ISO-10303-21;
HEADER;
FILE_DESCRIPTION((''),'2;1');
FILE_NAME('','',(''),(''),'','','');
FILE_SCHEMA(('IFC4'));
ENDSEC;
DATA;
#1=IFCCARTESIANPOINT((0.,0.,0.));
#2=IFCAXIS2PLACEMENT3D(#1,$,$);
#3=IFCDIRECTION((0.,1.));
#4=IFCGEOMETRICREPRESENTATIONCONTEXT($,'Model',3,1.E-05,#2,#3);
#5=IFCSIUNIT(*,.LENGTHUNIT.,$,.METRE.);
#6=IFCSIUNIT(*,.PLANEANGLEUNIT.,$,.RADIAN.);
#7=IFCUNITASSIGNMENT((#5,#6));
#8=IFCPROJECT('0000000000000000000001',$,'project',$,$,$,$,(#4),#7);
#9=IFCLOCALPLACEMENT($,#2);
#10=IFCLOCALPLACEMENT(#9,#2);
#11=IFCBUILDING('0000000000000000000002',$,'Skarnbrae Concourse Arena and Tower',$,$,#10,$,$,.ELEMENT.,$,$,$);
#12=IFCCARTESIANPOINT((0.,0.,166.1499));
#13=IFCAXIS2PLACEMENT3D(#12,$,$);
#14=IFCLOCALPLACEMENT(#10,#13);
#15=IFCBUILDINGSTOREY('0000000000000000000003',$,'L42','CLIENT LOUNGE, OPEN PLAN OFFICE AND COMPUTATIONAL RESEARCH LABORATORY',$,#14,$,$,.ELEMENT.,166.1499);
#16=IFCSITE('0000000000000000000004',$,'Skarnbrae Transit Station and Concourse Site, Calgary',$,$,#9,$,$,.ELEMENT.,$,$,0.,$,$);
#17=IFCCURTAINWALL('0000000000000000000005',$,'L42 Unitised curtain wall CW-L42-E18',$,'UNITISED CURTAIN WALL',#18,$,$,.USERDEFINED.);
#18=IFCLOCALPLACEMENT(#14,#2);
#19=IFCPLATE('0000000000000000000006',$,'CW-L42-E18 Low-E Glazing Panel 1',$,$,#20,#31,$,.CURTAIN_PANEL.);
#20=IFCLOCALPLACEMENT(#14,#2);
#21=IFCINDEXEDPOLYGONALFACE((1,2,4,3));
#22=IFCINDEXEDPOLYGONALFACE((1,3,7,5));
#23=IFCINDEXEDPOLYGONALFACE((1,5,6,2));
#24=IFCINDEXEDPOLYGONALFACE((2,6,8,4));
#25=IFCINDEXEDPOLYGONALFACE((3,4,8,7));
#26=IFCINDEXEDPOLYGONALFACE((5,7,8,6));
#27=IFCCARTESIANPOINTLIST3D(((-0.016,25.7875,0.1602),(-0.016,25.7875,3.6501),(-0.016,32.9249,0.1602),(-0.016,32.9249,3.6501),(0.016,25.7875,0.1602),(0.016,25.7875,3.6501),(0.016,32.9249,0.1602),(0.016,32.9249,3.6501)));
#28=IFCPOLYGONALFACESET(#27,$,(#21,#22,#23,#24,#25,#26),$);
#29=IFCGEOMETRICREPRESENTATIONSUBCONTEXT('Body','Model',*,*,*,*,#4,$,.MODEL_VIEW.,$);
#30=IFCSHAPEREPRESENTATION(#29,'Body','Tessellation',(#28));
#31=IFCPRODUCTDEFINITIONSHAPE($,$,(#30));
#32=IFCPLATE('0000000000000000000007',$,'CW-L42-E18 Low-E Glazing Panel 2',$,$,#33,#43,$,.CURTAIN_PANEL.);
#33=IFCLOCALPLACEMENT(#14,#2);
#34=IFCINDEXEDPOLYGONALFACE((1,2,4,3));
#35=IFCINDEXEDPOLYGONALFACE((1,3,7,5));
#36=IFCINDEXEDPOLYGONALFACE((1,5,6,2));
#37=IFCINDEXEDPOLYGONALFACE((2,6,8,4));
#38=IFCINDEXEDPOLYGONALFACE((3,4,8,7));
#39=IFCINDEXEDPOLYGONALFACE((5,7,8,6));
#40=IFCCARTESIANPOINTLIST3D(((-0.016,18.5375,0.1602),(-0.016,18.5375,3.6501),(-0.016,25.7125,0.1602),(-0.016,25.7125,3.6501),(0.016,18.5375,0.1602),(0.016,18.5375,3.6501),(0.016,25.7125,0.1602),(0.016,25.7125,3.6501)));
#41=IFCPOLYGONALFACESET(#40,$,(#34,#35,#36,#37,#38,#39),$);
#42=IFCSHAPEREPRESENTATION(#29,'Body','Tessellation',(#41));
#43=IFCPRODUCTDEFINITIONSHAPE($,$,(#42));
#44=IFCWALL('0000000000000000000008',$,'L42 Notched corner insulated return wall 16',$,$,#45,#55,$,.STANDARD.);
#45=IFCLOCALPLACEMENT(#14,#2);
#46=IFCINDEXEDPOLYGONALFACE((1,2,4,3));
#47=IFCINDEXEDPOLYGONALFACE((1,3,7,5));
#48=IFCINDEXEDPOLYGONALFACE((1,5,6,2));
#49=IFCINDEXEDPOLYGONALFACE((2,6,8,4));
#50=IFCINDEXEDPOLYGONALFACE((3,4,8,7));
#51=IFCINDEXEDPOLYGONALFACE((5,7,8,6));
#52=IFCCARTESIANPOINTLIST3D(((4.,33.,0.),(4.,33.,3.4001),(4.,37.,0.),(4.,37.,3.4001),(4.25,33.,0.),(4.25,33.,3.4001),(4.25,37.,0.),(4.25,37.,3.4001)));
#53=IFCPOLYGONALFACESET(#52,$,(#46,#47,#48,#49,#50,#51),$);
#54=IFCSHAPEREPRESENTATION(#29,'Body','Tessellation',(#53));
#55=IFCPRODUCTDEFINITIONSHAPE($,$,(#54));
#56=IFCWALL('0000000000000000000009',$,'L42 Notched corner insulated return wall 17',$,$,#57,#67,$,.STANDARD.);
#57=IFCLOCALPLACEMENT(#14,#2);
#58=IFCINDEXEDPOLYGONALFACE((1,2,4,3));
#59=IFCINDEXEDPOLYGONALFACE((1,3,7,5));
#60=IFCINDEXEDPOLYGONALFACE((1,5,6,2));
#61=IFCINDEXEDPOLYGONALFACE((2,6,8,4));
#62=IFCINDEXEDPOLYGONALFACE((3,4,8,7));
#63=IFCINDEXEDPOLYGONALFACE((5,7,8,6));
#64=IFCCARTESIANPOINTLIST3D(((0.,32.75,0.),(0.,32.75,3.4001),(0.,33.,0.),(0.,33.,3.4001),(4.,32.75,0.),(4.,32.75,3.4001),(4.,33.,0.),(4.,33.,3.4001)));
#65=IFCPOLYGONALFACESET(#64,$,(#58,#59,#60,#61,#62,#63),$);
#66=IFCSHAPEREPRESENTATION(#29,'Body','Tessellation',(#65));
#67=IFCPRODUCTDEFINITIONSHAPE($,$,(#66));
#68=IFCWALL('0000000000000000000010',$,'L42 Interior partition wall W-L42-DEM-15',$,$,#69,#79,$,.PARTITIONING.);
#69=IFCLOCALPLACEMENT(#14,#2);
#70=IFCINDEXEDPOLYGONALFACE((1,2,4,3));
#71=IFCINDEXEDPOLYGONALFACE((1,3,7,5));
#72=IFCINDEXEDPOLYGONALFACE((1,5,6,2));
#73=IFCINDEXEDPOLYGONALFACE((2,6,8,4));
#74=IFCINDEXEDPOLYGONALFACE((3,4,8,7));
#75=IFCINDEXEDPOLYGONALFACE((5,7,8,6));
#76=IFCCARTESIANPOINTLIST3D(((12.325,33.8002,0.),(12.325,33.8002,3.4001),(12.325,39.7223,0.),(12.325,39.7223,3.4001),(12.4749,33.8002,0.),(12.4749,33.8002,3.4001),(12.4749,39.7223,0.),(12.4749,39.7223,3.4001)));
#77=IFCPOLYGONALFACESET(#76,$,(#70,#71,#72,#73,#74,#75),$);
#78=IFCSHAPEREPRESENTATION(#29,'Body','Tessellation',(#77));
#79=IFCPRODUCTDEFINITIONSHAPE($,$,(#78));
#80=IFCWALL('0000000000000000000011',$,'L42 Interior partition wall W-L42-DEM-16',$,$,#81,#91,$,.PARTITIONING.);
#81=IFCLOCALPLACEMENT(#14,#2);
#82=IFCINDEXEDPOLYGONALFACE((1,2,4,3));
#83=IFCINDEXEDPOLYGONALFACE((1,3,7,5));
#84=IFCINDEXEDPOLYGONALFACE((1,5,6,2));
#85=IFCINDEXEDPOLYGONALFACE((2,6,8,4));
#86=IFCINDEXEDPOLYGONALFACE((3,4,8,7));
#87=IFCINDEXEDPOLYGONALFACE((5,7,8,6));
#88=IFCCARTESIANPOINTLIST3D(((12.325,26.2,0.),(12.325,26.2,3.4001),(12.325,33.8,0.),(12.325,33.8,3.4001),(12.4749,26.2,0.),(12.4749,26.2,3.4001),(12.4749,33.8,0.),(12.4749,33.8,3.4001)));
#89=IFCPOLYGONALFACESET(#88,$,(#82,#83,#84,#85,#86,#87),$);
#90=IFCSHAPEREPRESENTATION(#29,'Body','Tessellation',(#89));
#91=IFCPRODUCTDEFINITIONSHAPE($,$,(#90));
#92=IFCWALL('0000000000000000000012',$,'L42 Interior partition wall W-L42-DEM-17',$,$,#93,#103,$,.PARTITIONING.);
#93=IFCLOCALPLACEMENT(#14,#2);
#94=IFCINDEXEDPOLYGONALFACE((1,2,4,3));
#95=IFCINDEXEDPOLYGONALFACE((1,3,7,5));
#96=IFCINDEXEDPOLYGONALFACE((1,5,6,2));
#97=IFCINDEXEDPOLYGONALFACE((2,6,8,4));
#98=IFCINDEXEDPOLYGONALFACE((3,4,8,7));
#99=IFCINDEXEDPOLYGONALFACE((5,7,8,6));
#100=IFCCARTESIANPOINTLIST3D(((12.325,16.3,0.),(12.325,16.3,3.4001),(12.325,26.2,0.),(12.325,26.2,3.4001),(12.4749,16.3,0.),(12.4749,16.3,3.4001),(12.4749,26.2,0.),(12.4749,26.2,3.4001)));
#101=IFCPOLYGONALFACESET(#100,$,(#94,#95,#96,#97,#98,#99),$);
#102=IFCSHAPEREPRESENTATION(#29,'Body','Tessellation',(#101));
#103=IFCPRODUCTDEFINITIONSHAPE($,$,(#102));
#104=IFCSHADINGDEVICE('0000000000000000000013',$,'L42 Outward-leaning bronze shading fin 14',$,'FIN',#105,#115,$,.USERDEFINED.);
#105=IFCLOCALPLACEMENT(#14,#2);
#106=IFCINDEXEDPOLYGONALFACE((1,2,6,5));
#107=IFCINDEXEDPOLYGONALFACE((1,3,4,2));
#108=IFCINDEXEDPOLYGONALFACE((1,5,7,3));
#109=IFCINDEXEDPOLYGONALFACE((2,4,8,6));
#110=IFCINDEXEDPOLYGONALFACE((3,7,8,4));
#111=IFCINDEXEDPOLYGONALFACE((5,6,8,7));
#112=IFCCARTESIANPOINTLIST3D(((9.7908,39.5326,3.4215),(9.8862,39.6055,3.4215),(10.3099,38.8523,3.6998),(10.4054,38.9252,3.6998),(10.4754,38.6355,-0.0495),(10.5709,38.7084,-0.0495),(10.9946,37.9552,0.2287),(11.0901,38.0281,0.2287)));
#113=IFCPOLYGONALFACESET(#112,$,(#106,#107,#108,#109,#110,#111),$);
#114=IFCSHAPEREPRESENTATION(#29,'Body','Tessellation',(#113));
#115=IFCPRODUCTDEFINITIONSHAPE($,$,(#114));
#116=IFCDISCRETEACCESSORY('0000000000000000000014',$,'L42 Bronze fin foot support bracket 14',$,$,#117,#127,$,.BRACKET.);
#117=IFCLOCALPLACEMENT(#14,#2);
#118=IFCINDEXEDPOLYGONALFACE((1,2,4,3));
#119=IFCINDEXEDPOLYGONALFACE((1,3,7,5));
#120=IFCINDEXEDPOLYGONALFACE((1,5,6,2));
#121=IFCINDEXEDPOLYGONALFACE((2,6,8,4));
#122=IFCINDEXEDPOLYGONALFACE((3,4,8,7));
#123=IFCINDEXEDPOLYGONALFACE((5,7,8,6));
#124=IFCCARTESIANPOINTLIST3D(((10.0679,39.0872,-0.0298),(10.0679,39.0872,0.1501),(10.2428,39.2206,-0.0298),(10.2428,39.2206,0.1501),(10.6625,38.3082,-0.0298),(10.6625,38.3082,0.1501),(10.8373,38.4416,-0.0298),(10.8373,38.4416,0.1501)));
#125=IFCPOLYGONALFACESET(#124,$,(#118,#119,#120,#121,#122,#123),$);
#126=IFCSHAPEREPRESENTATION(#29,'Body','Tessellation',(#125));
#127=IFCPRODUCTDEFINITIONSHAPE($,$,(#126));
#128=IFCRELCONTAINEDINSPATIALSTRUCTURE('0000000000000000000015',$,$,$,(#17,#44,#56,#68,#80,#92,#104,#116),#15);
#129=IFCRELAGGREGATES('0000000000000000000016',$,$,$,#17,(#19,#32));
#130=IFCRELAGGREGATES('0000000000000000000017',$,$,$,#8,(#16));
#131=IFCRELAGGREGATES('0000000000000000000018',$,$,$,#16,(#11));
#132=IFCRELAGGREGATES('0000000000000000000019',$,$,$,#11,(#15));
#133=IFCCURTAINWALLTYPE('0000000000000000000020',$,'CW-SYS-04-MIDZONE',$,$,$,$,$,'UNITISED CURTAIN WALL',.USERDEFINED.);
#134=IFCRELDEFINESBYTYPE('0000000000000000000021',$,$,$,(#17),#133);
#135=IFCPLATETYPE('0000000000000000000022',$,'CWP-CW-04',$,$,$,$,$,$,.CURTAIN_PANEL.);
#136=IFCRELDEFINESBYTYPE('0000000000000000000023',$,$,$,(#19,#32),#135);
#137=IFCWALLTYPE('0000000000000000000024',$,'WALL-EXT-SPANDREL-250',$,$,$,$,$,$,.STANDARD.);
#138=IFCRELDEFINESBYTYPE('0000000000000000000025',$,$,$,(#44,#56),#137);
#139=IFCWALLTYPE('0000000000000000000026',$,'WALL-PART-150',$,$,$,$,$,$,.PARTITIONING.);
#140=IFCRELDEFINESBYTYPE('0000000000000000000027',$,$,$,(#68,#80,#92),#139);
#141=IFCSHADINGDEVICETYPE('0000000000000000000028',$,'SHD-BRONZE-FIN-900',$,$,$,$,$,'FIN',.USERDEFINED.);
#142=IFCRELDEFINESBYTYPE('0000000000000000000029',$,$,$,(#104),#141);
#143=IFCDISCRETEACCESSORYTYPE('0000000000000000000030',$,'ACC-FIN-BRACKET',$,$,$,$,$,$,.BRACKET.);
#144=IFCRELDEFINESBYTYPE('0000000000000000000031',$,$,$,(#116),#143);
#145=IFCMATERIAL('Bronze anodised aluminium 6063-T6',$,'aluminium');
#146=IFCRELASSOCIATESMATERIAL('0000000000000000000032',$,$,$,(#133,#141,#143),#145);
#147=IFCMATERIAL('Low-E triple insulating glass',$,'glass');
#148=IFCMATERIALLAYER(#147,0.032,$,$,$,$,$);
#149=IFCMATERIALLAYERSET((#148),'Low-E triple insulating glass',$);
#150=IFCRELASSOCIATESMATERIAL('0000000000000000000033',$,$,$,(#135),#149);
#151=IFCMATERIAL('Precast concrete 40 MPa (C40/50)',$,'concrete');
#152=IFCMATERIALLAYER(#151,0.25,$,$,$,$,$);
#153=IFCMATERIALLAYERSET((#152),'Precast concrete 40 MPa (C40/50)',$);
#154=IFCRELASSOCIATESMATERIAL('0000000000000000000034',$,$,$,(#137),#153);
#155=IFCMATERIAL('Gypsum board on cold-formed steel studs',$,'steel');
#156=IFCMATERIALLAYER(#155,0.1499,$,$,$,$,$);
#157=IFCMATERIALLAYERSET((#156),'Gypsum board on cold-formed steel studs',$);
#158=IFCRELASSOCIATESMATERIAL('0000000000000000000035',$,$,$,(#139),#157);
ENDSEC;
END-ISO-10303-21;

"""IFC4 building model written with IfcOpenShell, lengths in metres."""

from ifc_helpers import new_model, si_unit, direction, frame, frame_2d, origin, origin_2d, place, context, subcontext, project, spatial, rectangle, extrude, source, transform, mapped, material, layer, layer_set, type_object, element, aggregate, save


model = new_model("IFC4")

# Units and contexts
model_context = context("Model", 3, precision=1e-05, world=origin(), true_north=direction((0.0, 1.0)))
body_context = subcontext(model_context, "Body", "Model", "MODEL_VIEW")
ifc_project = project(units=[si_unit("LENGTHUNIT", "METRE"), si_unit("PLANEANGLEUNIT", "RADIAN")], contexts=[model_context])

# Site, building, storey
site_placement = place(None, origin())
site = spatial("IfcSite", under=ifc_project, at=site_placement, Name="Skarnbrae Transit Station and Concourse Site, Calgary", CompositionType="ELEMENT", RefElevation=0.0)
building_placement = place(site_placement, origin())
building = spatial("IfcBuilding", under=site, at=building_placement, Name="Skarnbrae Concourse Arena and Tower", CompositionType="ELEMENT")
storey_placement = place(building_placement, frame((0.0, 0.0, 166.1499)))
storey = spatial("IfcBuildingStorey", under=building, at=storey_placement, Name="L42", Description="CLIENT LOUNGE, OPEN PLAN OFFICE AND COMPUTATIONAL RESEARCH LABORATORY", CompositionType="ELEMENT", Elevation=166.1499)

# Shared definitions
ifc_material_1 = material(Name="Bronze anodised aluminium 6063-T6", Category="aluminium")
curtain_wall_type = type_object("IfcCurtainWallType", Name="CW-SYS-04-MIDZONE", ElementType="UNITISED CURTAIN WALL", PredefinedType="USERDEFINED", material=ifc_material_1)

# Curtain wall
curtain_wall_1_placement = place(storey_placement, origin())
curtain_wall_1 = element("IfcCurtainWall", 1, at=curtain_wall_1_placement, inside=storey, type_object=curtain_wall_type, Name="L42 Unitised curtain wall CW-L42-E18", ObjectType="UNITISED CURTAIN WALL", PredefinedType="USERDEFINED")

# Plates
ifc_material_2 = material(Name="Low-E triple insulating glass", Category="glass")
ifc_layer_1 = layer(ifc_material_2, 0.032)
ifc_layer_set_1 = layer_set([ifc_layer_1], Name="Low-E triple insulating glass")
plate_type = type_object("IfcPlateType", Name="CWP-CW-04", PredefinedType="CURTAIN_PANEL", material=ifc_layer_set_1)
shared_shape_1 = source(origin(), body_context, "Body", "SweptSolid", [
    extrude(rectangle(XDim=7.1375, YDim=0.032, at=origin_2d()), origin(), (0.0, 0.0, 1.0), 3.49),
])
plate_1_placement = place(storey_placement, frame((0.0, 29.3562, 0.1602), z_axis=(0.0, 0.0, 1.0), x_axis=(0.0, -1.0, 0.0)))
plate_1 = element("IfcPlate", 2, at=plate_1_placement, type_object=plate_type, Name="CW-L42-E18 Low-E Glazing Panel 1", PredefinedType="CURTAIN_PANEL", context=body_context, shape_type="MappedRepresentation", body=[
    mapped(shared_shape_1, transform((0.0, 0.0, 0.0))),
])
shared_shape_2 = source(origin(), body_context, "Body", "SweptSolid", [
    extrude(rectangle(XDim=7.175, YDim=0.032, at=origin_2d()), origin(), (0.0, 0.0, 1.0), 3.49),
])
plate_2_placement = place(storey_placement, frame((0.0, 22.125, 0.1602), z_axis=(0.0, 0.0, 1.0), x_axis=(0.0, -1.0, 0.0)))
plate_2 = element("IfcPlate", 3, at=plate_2_placement, type_object=plate_type, Name="CW-L42-E18 Low-E Glazing Panel 2", PredefinedType="CURTAIN_PANEL", context=body_context, shape_type="MappedRepresentation", body=[
    mapped(shared_shape_2, transform((0.0, 0.0, 0.0))),
])
aggregate(curtain_wall_1, [plate_1, plate_2])

# Walls
ifc_material_3 = material(Name="Precast concrete 40 MPa (C40/50)", Category="concrete")
ifc_layer_2 = layer(ifc_material_3, 0.25)
ifc_layer_set_2 = layer_set([ifc_layer_2], Name="Precast concrete 40 MPa (C40/50)")
wall_type_1 = type_object("IfcWallType", Name="WALL-EXT-SPANDREL-250", PredefinedType="STANDARD", material=ifc_layer_set_2)
shared_shape_3 = source(origin(), body_context, "Body", "SweptSolid", [
    extrude(rectangle(XDim=4.0, YDim=0.25, at=frame_2d((2.0, 0.0))), origin(), (0.0, 0.0, 1.0), 3.4001),
])
for number, where, z_axis, x_axis, name in (
    (4, (4.125, 37.0, 0.0), (0.0, 0.0, 1.0), (0.0, -1.0, 0.0), "L42 Notched corner insulated return wall 16"),
    (5, (4.0, 32.875, 0.0), (0.0, 0.0, 1.0), (-1.0, 0.0, 0.0), "L42 Notched corner insulated return wall 17"),
):
    element("IfcWall", number, at=place(storey_placement, frame(where, z_axis=z_axis, x_axis=x_axis)), inside=storey, type_object=wall_type_1, Name=name, PredefinedType="STANDARD", context=body_context, shape_type="MappedRepresentation", body=[
        mapped(shared_shape_3, transform((0.0, 0.0, 0.0))),
    ])
ifc_material_4 = material(Name="Gypsum board on cold-formed steel studs", Category="steel")
ifc_layer_3 = layer(ifc_material_4, 0.1499)
ifc_layer_set_3 = layer_set([ifc_layer_3], Name="Gypsum board on cold-formed steel studs")
wall_type_2 = type_object("IfcWallType", Name="WALL-PART-150", PredefinedType="PARTITIONING", material=ifc_layer_set_3)
shared_shape_4 = source(origin(), body_context, "Body", "SweptSolid", [
    extrude(rectangle(XDim=5.9221, YDim=0.1499, at=frame_2d((2.9609, 0.0))), origin(), (0.0, 0.0, 1.0), 3.4001),
])
wall_1_placement = place(storey_placement, frame((12.3999, 39.7222, 0.0), z_axis=(0.0, 0.0, 1.0), x_axis=(0.0, -1.0, 0.0)))
element("IfcWall", 6, at=wall_1_placement, inside=storey, type_object=wall_type_2, Name="L42 Interior partition wall W-L42-DEM-15", PredefinedType="PARTITIONING", context=body_context, shape_type="MappedRepresentation", body=[
    mapped(shared_shape_4, transform((0.0, 0.0, 0.0))),
])
shared_shape_5 = source(origin(), body_context, "Body", "SweptSolid", [
    extrude(rectangle(XDim=7.6001, YDim=0.1499, at=frame_2d((3.8, 0.0))), origin(), (0.0, 0.0, 1.0), 3.4001),
])
wall_2_placement = place(storey_placement, frame((12.3999, 33.8, 0.0), z_axis=(0.0, 0.0, 1.0), x_axis=(0.0, -1.0, 0.0)))
element("IfcWall", 7, at=wall_2_placement, inside=storey, type_object=wall_type_2, Name="L42 Interior partition wall W-L42-DEM-16", PredefinedType="PARTITIONING", context=body_context, shape_type="MappedRepresentation", body=[
    mapped(shared_shape_5, transform((0.0, 0.0, 0.0))),
])
shared_shape_6 = source(origin(), body_context, "Body", "SweptSolid", [
    extrude(rectangle(XDim=9.8999, YDim=0.1499, at=frame_2d((4.95, 0.0))), origin(), (0.0, 0.0, 1.0), 3.4001),
])
wall_3_placement = place(storey_placement, frame((12.3999, 26.2, 0.0), z_axis=(0.0, 0.0, 1.0), x_axis=(0.0, -1.0, 0.0)))
element("IfcWall", 8, at=wall_3_placement, inside=storey, type_object=wall_type_2, Name="L42 Interior partition wall W-L42-DEM-17", PredefinedType="PARTITIONING", context=body_context, shape_type="MappedRepresentation", body=[
    mapped(shared_shape_6, transform((0.0, 0.0, 0.0))),
])

# Shading device
shading_device_type = type_object("IfcShadingDeviceType", Name="SHD-BRONZE-FIN-900", ElementType="FIN", PredefinedType="USERDEFINED", material=ifc_material_1)
shared_shape_7 = source(origin(), body_context, "Body", "SweptSolid", [
    extrude(rectangle(XDim=0.1201, YDim=0.8999, at=origin_2d()), origin(), (0.0, 0.0, 1.0), 3.6499),
])
shading_device_placement = place(storey_placement, frame((10.7827, 38.3318, 0.0896), z_axis=(-0.187572, 0.245787, 0.951003), x_axis=(0.794955, 0.606668, 0.0)))
element("IfcShadingDevice", 9, at=shading_device_placement, inside=storey, type_object=shading_device_type, Name="L42 Outward-leaning bronze shading fin 14", ObjectType="FIN", PredefinedType="USERDEFINED", context=body_context, shape_type="MappedRepresentation", body=[
    mapped(shared_shape_7, transform((0.0, 0.0, 0.0))),
])

# Discrete accessory
discrete_accessory_type = type_object("IfcDiscreteAccessoryType", Name="ACC-FIN-BRACKET", PredefinedType="BRACKET", material=ifc_material_1)
shared_shape_8 = source(origin(), body_context, "Body", "SweptSolid", [
    extrude(rectangle(XDim=0.22, YDim=0.98, at=origin_2d()), origin(), (0.0, 0.0, 1.0), 0.1799),
])
discrete_accessory_placement = place(storey_placement, frame((10.4526, 38.7644, -0.0298), z_axis=(0.0, 0.0, 1.0), x_axis=(0.794955, 0.606668, 0.0)))
element("IfcDiscreteAccessory", 10, at=discrete_accessory_placement, inside=storey, type_object=discrete_accessory_type, Name="L42 Bronze fin foot support bracket 14", PredefinedType="BRACKET", context=body_context, shape_type="MappedRepresentation", body=[
    mapped(shared_shape_8, transform((0.0, 0.0, 0.0))),
])

save(model, "model.ifc")
